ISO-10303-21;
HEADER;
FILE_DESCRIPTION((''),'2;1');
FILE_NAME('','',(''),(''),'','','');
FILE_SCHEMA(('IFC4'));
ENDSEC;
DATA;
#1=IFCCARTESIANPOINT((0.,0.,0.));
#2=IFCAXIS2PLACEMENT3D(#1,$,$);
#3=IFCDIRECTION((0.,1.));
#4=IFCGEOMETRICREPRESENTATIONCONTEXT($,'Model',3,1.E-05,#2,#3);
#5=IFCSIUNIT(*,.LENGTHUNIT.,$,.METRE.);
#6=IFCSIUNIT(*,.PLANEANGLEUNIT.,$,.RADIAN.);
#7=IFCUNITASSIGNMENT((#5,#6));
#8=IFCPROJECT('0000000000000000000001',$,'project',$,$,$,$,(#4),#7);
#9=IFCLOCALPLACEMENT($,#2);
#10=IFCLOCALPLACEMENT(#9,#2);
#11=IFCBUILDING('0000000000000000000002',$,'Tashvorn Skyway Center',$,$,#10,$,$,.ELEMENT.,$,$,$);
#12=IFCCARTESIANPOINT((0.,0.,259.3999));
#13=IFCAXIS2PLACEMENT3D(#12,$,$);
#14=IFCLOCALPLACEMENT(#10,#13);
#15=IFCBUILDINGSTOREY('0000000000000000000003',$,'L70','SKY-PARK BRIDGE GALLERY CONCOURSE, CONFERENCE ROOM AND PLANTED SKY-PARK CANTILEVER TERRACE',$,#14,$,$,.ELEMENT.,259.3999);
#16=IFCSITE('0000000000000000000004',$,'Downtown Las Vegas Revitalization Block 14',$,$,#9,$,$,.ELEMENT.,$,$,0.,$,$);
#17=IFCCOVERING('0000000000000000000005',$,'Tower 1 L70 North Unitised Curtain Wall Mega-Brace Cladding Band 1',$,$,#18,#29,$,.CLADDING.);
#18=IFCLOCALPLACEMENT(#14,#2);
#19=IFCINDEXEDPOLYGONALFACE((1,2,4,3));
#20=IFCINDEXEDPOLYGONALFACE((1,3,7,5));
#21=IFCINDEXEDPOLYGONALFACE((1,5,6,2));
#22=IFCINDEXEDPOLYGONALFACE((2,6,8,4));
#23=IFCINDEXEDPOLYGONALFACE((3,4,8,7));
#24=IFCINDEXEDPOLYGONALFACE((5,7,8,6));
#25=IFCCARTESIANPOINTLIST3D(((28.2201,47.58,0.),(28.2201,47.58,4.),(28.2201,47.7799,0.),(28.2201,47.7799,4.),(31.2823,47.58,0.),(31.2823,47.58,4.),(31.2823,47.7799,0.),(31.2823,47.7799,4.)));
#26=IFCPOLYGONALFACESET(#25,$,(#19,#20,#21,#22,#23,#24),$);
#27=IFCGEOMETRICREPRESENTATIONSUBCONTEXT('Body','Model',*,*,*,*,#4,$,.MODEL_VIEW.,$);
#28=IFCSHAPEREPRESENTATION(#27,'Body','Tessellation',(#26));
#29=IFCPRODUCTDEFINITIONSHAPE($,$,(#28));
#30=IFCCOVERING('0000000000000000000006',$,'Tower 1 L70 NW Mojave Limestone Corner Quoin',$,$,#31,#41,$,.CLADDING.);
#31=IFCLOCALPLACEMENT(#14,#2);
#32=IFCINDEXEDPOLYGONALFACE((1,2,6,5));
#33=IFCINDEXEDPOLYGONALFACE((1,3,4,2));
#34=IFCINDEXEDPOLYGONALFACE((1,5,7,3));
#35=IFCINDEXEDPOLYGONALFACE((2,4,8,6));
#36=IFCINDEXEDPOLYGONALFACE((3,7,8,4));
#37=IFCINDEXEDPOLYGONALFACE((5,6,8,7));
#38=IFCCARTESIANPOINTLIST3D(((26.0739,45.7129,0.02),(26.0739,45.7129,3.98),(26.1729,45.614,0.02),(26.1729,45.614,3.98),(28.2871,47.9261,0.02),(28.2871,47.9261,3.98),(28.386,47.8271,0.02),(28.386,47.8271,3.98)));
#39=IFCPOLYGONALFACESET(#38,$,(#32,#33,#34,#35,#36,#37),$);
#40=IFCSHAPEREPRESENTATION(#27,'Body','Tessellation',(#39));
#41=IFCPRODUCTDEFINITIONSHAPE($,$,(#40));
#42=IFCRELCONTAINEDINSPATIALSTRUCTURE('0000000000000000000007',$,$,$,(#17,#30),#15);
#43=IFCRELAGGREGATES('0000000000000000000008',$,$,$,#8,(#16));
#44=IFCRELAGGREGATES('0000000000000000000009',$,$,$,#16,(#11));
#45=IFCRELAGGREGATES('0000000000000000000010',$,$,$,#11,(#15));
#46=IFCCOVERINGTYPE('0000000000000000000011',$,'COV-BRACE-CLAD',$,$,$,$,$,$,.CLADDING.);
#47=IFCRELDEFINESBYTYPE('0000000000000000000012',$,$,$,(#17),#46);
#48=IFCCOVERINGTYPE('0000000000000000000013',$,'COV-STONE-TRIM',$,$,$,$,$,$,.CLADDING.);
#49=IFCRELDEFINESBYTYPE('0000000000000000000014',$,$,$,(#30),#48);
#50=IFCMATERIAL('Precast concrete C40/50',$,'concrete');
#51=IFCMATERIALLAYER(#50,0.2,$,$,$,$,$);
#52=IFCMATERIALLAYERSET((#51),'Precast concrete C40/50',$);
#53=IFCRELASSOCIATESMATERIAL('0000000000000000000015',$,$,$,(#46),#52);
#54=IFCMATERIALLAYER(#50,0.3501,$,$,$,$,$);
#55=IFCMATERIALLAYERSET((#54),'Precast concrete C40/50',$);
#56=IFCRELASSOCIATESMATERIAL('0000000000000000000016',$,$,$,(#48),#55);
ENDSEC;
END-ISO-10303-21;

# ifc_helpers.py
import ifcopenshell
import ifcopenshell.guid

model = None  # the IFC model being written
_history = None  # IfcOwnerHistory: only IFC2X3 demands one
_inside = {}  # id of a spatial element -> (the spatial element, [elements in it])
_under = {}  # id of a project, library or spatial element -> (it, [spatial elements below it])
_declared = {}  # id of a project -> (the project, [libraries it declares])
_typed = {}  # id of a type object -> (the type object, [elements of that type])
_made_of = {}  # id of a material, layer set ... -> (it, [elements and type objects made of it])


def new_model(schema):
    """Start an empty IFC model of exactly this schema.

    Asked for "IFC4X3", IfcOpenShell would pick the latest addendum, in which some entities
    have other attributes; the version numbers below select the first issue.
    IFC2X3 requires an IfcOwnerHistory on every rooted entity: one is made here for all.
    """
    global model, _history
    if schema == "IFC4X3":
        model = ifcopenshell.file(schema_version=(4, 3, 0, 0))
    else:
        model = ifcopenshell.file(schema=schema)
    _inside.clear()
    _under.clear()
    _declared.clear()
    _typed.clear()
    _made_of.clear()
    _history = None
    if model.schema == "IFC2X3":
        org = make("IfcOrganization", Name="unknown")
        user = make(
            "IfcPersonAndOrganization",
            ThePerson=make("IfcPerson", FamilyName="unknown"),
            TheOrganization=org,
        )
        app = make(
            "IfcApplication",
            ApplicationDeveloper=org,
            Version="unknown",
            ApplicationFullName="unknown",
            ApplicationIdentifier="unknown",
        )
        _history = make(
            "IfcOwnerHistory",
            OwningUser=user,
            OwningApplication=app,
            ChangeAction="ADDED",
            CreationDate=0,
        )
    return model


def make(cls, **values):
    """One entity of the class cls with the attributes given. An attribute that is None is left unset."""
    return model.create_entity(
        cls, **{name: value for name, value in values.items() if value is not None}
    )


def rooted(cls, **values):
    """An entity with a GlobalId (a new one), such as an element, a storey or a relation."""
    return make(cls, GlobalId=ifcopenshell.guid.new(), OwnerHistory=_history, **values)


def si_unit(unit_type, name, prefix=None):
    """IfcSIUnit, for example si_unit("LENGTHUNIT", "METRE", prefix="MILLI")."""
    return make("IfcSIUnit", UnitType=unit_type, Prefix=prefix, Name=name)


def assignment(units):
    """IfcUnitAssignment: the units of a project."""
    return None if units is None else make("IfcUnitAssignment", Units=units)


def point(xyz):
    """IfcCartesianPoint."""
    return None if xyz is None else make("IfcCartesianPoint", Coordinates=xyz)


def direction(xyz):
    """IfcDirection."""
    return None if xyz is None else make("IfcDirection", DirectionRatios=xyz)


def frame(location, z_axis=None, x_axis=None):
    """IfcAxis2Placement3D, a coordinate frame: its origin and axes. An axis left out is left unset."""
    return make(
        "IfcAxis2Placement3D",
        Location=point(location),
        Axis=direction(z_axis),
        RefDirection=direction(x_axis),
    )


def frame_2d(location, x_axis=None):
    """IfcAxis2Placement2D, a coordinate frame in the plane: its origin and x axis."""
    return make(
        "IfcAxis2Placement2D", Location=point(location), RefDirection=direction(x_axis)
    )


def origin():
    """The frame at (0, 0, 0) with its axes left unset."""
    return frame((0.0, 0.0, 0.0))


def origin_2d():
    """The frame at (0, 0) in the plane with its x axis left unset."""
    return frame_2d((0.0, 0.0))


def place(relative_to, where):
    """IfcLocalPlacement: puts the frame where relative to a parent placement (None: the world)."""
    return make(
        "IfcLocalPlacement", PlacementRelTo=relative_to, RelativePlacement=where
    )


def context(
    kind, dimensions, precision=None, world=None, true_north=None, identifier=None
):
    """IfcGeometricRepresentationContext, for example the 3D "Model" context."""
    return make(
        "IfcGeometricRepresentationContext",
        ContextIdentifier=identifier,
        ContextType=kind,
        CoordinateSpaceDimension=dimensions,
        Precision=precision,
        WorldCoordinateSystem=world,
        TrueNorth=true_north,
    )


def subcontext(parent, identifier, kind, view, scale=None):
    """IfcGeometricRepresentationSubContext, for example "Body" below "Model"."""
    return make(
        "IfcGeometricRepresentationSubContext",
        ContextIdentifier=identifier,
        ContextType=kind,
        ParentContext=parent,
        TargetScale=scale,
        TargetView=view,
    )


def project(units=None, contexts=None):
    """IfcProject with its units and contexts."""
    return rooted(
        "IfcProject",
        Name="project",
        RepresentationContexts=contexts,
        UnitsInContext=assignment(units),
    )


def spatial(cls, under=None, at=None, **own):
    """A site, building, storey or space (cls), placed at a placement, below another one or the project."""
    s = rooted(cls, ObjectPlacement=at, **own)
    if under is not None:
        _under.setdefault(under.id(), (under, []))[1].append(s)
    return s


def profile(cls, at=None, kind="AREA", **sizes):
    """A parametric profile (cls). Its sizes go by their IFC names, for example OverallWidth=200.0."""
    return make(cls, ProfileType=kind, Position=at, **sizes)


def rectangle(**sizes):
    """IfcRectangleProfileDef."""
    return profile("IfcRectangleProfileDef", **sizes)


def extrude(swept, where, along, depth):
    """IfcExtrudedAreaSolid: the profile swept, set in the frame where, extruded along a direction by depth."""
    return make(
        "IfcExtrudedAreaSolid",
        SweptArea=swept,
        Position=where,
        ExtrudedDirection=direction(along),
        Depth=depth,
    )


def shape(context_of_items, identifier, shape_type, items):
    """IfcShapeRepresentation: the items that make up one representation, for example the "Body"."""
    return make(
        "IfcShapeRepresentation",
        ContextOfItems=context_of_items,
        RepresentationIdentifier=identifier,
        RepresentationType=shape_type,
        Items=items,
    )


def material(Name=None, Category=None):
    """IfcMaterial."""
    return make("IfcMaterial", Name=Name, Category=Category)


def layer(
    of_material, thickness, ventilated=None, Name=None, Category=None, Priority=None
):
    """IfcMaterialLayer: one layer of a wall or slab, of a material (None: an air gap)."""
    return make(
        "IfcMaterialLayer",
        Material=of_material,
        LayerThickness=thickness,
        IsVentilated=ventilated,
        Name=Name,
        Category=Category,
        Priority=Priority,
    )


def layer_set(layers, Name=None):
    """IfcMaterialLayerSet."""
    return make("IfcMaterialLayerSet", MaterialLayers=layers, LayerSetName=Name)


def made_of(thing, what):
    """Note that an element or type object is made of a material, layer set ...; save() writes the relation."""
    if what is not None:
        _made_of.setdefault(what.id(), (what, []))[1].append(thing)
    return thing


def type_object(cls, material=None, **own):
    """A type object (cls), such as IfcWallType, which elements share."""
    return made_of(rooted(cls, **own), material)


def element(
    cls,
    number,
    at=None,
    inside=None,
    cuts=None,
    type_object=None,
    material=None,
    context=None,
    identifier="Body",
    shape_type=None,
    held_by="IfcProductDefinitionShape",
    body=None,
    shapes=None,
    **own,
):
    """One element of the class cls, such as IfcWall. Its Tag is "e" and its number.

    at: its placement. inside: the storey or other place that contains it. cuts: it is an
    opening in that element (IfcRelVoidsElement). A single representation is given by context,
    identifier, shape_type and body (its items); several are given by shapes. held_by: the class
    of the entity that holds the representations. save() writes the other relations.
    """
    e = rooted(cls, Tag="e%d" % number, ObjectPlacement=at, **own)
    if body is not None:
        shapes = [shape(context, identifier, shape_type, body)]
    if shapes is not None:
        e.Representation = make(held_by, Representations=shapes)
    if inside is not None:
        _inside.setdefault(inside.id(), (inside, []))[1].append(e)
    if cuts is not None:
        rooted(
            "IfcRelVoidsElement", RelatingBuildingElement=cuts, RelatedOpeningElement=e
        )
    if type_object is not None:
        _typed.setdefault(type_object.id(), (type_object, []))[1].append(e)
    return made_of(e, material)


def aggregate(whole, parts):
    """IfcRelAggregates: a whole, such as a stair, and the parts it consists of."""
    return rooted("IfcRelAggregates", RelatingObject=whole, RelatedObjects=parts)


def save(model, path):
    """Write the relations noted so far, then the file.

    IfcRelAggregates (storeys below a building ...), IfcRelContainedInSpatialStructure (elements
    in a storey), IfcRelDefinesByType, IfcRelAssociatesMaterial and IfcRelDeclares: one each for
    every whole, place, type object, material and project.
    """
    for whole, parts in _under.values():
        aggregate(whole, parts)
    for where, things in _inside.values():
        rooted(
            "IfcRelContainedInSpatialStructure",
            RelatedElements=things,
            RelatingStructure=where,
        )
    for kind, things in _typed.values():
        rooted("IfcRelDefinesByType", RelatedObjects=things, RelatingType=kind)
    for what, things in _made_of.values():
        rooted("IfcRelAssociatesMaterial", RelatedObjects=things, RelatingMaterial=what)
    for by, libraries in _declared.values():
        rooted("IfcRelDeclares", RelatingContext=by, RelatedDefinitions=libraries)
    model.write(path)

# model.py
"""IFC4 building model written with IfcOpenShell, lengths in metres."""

from ifc_helpers import new_model, si_unit, direction, frame, origin, origin_2d, place, context, subcontext, project, spatial, rectangle, extrude, material, layer, layer_set, type_object, element, save


model = new_model("IFC4")

# Units and contexts
model_context = context("Model", 3, precision=1e-05, world=origin(), true_north=direction((0.0, 1.0)))
body_context = subcontext(model_context, "Body", "Model", "MODEL_VIEW")
ifc_project = project(units=[si_unit("LENGTHUNIT", "METRE"), si_unit("PLANEANGLEUNIT", "RADIAN")], contexts=[model_context])

# Site, building, storey
site_placement = place(None, origin())
site = spatial("IfcSite", under=ifc_project, at=site_placement, Name="Downtown Las Vegas Revitalization Block 14", CompositionType="ELEMENT", RefElevation=0.0)
building_placement = place(site_placement, origin())
building = spatial("IfcBuilding", under=site, at=building_placement, Name="Tashvorn Skyway Center", CompositionType="ELEMENT")
storey_placement = place(building_placement, frame((0.0, 0.0, 259.3999)))
storey = spatial("IfcBuildingStorey", under=building, at=storey_placement, Name="L70", Description="SKY-PARK BRIDGE GALLERY CONCOURSE, CONFERENCE ROOM AND PLANTED SKY-PARK CANTILEVER TERRACE", CompositionType="ELEMENT", Elevation=259.3999)

# Coverings
ifc_material_1 = material(Name="Precast concrete C40/50", Category="concrete")
ifc_layer_1 = layer(ifc_material_1, 0.2)
ifc_layer_set_1 = layer_set([ifc_layer_1], Name="Precast concrete C40/50")
covering_type_1 = type_object("IfcCoveringType", Name="COV-BRACE-CLAD", PredefinedType="CLADDING", material=ifc_layer_set_1)
covering_1_placement = place(storey_placement, frame((29.7512, 47.6799, 0.0), z_axis=(0.0, 0.0, 1.0), x_axis=(1.0, 0.0, 0.0)))
element("IfcCovering", 1, at=covering_1_placement, inside=storey, type_object=covering_type_1, Name="Tower 1 L70 North Unitised Curtain Wall Mega-Brace Cladding Band 1", PredefinedType="CLADDING", context=body_context, shape_type="SweptSolid", body=[
    extrude(rectangle(XDim=3.0623, YDim=0.2, at=origin_2d()), origin(), (0.0, 0.0, 1.0), 4.0),
])
ifc_layer_2 = layer(ifc_material_1, 0.3501)
ifc_layer_set_2 = layer_set([ifc_layer_2], Name="Precast concrete C40/50")
covering_type_2 = type_object("IfcCoveringType", Name="COV-STONE-TRIM", PredefinedType="CLADDING", material=ifc_layer_set_2)
covering_2_placement = place(storey_placement, frame((27.23, 46.77, 0.02), z_axis=(0.0, 0.0, 1.0), x_axis=(-0.707107, -0.707107, 0.0)))
element("IfcCovering", 2, at=covering_2_placement, inside=storey, type_object=covering_type_2, Name="Tower 1 L70 NW Mojave Limestone Corner Quoin", PredefinedType="CLADDING", context=body_context, shape_type="SweptSolid", body=[
    extrude(rectangle(XDim=3.1299, YDim=0.1399, at=origin_2d()), origin(), (0.0, 0.0, 1.0), 3.96),
])

save(model, "model.ifc")
